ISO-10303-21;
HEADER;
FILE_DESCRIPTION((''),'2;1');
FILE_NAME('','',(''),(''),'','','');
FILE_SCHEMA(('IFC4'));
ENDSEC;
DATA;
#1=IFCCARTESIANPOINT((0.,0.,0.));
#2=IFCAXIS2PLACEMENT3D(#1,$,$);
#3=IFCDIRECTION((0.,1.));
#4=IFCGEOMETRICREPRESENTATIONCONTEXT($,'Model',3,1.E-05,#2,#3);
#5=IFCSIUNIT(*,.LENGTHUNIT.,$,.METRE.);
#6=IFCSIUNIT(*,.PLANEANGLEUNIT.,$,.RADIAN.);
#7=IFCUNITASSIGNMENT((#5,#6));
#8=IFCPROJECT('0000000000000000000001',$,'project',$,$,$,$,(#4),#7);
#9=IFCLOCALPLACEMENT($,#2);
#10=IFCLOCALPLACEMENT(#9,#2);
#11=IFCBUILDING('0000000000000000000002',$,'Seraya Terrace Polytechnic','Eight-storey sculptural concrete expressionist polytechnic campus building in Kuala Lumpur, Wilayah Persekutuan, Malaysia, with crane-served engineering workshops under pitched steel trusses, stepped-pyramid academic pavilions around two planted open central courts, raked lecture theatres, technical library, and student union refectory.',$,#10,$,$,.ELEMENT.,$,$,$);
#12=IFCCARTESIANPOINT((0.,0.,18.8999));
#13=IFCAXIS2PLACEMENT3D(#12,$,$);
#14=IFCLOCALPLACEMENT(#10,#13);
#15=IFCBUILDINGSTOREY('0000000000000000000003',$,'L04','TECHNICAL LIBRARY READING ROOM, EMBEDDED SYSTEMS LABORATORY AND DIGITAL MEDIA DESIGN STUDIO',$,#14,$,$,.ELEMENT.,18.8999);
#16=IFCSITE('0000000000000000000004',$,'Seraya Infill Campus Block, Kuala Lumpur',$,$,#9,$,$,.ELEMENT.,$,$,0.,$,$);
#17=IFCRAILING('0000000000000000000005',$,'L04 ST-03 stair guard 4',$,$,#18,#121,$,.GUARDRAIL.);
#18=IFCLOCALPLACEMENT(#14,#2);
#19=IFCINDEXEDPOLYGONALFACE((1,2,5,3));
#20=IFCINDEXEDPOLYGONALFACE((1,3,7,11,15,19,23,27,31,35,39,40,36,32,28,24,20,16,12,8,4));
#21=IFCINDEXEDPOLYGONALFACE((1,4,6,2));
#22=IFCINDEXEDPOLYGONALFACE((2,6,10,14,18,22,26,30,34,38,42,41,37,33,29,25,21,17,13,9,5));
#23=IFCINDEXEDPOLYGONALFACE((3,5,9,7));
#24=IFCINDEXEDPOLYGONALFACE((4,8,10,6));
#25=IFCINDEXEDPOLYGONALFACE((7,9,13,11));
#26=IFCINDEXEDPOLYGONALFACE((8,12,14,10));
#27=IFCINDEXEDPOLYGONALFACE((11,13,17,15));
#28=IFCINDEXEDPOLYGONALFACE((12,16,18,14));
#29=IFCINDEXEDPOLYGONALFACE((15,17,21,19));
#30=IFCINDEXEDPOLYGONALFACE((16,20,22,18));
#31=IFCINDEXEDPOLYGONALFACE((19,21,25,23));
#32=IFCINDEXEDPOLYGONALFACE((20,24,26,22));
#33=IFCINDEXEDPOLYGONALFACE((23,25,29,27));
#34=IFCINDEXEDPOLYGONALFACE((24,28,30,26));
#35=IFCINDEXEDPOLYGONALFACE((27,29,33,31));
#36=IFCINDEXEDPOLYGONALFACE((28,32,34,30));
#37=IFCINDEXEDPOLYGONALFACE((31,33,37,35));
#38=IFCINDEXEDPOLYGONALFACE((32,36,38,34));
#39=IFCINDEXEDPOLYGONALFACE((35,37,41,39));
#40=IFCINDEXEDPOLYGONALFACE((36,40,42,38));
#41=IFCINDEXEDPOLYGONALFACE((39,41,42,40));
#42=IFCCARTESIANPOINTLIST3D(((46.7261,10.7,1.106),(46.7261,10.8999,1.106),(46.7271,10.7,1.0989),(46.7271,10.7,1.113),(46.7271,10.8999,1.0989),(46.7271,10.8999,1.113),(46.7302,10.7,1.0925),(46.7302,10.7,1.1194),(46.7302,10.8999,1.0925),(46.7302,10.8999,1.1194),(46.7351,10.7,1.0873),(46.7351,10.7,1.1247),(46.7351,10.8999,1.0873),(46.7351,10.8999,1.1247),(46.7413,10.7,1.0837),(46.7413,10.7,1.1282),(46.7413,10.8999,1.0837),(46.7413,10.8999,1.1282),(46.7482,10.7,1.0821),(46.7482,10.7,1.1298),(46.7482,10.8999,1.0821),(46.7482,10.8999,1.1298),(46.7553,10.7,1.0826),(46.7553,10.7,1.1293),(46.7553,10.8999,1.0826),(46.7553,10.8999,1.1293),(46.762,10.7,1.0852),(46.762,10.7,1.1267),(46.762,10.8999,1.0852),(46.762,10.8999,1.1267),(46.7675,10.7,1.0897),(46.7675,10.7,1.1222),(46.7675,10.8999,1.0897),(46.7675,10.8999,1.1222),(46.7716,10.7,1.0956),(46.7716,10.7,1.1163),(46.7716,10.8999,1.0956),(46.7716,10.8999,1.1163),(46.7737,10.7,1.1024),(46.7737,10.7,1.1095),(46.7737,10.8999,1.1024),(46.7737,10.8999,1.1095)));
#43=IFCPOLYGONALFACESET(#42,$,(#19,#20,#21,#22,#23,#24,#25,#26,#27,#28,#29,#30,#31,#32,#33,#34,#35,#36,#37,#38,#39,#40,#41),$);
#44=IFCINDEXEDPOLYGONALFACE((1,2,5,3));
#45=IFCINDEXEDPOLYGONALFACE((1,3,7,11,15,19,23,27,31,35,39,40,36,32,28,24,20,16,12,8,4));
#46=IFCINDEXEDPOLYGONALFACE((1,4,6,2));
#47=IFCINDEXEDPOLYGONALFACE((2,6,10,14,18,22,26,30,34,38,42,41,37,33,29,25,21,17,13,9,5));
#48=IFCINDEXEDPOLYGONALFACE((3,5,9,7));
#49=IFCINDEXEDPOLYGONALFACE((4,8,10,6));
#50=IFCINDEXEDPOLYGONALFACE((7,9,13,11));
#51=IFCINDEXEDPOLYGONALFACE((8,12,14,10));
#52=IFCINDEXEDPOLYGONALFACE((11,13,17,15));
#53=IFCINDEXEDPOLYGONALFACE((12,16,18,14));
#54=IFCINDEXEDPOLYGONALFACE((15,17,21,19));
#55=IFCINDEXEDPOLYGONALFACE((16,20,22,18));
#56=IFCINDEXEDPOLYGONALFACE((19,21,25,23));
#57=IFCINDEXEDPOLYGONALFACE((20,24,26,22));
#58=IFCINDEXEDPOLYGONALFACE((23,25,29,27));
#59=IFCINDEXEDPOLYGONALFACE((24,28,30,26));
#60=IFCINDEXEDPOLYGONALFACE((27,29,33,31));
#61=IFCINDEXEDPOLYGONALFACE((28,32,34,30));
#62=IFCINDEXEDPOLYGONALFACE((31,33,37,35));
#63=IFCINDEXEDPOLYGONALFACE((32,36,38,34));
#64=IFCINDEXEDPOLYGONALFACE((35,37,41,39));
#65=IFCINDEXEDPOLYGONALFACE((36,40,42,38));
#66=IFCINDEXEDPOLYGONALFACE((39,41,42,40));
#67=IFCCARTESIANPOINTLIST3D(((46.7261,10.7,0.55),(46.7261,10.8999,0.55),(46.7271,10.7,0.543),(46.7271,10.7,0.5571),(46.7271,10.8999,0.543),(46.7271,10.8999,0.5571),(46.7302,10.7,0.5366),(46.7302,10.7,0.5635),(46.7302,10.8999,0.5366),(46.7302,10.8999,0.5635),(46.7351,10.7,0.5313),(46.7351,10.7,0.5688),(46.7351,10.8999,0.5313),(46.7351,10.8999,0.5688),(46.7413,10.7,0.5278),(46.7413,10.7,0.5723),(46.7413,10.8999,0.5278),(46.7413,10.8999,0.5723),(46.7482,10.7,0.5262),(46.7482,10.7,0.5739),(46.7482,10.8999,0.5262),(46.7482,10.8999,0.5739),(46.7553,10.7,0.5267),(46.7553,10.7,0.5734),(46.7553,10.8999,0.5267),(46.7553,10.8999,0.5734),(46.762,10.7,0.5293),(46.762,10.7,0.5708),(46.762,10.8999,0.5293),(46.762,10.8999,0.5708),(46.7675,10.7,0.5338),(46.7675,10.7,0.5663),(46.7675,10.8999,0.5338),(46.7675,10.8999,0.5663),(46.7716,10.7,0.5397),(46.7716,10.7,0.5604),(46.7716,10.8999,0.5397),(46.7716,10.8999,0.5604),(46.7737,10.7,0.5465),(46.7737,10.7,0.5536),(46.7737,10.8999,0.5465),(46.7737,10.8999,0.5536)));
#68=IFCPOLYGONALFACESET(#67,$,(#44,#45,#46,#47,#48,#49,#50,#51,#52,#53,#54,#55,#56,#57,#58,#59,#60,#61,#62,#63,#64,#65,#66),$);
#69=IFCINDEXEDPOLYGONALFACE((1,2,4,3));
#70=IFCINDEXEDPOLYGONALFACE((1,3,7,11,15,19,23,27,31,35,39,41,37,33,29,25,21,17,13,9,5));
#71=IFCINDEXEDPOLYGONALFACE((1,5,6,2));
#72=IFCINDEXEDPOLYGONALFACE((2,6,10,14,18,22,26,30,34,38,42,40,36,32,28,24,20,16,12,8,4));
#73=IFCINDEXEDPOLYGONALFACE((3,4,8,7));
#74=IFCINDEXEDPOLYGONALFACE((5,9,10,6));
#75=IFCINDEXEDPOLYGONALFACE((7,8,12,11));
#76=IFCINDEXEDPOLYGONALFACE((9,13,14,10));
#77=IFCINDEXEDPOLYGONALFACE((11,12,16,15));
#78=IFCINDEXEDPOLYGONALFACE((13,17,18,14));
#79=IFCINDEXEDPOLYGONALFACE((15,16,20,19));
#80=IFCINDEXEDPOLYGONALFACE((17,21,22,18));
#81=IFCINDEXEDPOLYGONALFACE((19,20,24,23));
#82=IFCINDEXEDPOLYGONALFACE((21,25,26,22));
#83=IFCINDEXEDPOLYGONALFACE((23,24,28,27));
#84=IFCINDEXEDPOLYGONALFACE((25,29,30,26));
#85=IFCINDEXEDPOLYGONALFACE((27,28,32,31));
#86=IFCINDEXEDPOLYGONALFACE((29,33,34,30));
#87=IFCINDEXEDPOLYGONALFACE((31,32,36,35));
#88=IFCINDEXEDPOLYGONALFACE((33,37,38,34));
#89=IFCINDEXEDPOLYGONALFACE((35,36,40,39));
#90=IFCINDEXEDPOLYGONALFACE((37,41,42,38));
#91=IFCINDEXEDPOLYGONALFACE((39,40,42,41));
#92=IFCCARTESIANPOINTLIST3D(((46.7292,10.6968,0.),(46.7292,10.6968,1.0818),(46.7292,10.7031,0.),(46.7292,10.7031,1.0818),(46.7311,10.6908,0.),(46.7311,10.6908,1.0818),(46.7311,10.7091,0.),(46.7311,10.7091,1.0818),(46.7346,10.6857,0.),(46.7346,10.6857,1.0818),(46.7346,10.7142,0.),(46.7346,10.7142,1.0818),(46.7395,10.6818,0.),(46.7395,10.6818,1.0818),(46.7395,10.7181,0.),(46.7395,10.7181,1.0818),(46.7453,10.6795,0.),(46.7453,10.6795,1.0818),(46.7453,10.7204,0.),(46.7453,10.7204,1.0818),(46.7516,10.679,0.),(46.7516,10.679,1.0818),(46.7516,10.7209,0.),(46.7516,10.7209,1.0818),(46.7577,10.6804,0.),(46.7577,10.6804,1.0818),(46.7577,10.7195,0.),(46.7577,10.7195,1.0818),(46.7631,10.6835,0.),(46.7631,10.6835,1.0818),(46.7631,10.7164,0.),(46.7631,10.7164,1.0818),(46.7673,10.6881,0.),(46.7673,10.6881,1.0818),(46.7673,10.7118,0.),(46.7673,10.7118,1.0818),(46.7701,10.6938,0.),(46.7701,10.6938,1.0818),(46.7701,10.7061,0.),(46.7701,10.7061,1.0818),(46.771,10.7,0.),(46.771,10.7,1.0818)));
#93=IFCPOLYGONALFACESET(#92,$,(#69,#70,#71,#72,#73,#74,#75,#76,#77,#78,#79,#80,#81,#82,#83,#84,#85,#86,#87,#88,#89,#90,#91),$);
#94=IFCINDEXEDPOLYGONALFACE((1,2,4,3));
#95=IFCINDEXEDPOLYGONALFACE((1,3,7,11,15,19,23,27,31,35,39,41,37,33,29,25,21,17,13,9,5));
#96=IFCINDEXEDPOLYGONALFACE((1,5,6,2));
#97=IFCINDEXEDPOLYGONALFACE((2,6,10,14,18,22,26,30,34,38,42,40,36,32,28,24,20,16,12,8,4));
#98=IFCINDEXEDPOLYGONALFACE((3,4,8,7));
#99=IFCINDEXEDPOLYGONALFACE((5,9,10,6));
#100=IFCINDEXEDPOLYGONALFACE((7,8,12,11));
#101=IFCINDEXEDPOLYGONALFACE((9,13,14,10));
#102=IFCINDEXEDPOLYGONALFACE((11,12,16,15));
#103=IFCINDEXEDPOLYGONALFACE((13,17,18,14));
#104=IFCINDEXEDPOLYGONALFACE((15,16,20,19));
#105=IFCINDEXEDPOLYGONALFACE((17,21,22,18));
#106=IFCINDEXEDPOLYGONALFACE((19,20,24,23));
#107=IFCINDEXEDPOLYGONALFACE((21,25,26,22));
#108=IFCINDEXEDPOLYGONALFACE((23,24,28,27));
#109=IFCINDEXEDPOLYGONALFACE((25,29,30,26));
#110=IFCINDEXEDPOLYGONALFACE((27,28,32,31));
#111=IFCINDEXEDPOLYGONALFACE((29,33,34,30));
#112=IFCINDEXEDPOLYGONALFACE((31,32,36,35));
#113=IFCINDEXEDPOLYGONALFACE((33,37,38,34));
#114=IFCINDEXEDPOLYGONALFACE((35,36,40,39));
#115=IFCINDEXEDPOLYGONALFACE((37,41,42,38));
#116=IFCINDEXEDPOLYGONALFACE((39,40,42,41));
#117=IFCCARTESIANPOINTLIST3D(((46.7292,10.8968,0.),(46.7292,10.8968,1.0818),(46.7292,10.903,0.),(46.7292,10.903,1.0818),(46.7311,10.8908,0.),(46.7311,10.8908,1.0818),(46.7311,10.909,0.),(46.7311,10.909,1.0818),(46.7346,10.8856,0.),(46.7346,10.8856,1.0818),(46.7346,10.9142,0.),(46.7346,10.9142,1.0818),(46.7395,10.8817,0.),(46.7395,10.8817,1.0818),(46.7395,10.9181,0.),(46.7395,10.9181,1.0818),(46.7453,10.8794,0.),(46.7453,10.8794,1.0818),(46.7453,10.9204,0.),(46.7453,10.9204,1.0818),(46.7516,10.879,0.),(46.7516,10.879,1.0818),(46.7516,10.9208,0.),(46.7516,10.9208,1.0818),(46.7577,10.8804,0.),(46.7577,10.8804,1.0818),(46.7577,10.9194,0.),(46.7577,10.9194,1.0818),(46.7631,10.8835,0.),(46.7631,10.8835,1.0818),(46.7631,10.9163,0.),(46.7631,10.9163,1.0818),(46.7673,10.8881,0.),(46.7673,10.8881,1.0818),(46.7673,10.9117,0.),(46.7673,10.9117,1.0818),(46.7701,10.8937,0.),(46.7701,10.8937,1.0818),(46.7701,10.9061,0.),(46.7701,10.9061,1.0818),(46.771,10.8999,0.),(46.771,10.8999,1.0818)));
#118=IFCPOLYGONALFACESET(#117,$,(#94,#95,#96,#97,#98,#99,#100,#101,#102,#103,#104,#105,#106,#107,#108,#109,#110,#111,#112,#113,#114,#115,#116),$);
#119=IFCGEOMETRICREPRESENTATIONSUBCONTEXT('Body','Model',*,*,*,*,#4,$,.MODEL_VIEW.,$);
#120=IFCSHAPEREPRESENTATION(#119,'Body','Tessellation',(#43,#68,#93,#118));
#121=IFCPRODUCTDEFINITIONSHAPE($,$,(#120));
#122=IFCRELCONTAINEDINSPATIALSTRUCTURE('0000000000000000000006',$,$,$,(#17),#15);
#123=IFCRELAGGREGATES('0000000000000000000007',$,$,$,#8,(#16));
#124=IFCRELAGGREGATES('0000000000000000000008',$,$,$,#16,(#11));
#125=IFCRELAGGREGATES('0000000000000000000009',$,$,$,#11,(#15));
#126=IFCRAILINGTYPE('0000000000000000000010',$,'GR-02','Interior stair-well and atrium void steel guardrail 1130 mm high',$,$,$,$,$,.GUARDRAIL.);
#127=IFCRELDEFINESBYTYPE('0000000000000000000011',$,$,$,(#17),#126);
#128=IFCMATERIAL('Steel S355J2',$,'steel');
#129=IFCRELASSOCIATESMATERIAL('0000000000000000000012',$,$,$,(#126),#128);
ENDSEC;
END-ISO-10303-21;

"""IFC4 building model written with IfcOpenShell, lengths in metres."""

from ifc_helpers import new_model, si_unit, direction, frame, origin, origin_2d, place, context, subcontext, project, spatial, circle, extrude, material, type_object, element, save


model = new_model("IFC4")

# Units and contexts
model_context = context("Model", 3, precision=1e-05, world=origin(), true_north=direction((0.0, 1.0)))
body_context = subcontext(model_context, "Body", "Model", "MODEL_VIEW")
ifc_project = project(units=[si_unit("LENGTHUNIT", "METRE"), si_unit("PLANEANGLEUNIT", "RADIAN")], contexts=[model_context])

# Site, building, storey
site_placement = place(None, origin())
site = spatial("IfcSite", under=ifc_project, at=site_placement, Name="Seraya Infill Campus Block, Kuala Lumpur", CompositionType="ELEMENT", RefElevation=0.0)
building_placement = place(site_placement, origin())
building = spatial("IfcBuilding", under=site, at=building_placement, Name="Seraya Terrace Polytechnic", Description="Eight-storey sculptural concrete expressionist polytechnic campus building in Kuala Lumpur, Wilayah Persekutuan, Malaysia, with crane-served engineering workshops under pitched steel trusses, stepped-pyramid academic pavilions around two planted open central courts, raked lecture theatres, technical library, and student union refectory.", CompositionType="ELEMENT")
storey_placement = place(building_placement, frame((0.0, 0.0, 18.8999)))
storey = spatial("IfcBuildingStorey", under=building, at=storey_placement, Name="L04", Description="TECHNICAL LIBRARY READING ROOM, EMBEDDED SYSTEMS LABORATORY AND DIGITAL MEDIA DESIGN STUDIO", CompositionType="ELEMENT", Elevation=18.8999)

# Railing
ifc_material_1 = material(Name="Steel S355J2", Category="steel")
railing_type = type_object("IfcRailingType", Name="GR-02", Description="Interior stair-well and atrium void steel guardrail 1130 mm high", PredefinedType="GUARDRAIL", material=ifc_material_1)
railing_1_placement = place(storey_placement, frame((46.75, 10.7, 0.0)))
element("IfcRailing", 1, at=railing_1_placement, inside=storey, type_object=railing_type, Name="L04 ST-03 stair guard 4", PredefinedType="GUARDRAIL", context=body_context, shape_type="SweptSolid", body=[
    extrude(circle(Radius=0.0239, at=origin_2d()), frame((0.0, 0.0, 1.106), z_axis=(0.0, 1.0, 0.0), x_axis=(-1.0, 0.0, 0.0)), (0.0, 0.0, 1.0), 0.2),
    extrude(circle(Radius=0.0239, at=origin_2d()), frame((0.0, 0.0, 0.55), z_axis=(0.0, 1.0, 0.0), x_axis=(-1.0, 0.0, 0.0)), (0.0, 0.0, 1.0), 0.2),
    extrude(circle(Radius=0.021, at=origin_2d()), origin(), (0.0, 0.0, 1.0), 1.0818),
    extrude(circle(Radius=0.021, at=origin_2d()), frame((0.0, 0.2, 0.0)), (0.0, 0.0, 1.0), 1.0818),
])

save(model, "model.ifc")
